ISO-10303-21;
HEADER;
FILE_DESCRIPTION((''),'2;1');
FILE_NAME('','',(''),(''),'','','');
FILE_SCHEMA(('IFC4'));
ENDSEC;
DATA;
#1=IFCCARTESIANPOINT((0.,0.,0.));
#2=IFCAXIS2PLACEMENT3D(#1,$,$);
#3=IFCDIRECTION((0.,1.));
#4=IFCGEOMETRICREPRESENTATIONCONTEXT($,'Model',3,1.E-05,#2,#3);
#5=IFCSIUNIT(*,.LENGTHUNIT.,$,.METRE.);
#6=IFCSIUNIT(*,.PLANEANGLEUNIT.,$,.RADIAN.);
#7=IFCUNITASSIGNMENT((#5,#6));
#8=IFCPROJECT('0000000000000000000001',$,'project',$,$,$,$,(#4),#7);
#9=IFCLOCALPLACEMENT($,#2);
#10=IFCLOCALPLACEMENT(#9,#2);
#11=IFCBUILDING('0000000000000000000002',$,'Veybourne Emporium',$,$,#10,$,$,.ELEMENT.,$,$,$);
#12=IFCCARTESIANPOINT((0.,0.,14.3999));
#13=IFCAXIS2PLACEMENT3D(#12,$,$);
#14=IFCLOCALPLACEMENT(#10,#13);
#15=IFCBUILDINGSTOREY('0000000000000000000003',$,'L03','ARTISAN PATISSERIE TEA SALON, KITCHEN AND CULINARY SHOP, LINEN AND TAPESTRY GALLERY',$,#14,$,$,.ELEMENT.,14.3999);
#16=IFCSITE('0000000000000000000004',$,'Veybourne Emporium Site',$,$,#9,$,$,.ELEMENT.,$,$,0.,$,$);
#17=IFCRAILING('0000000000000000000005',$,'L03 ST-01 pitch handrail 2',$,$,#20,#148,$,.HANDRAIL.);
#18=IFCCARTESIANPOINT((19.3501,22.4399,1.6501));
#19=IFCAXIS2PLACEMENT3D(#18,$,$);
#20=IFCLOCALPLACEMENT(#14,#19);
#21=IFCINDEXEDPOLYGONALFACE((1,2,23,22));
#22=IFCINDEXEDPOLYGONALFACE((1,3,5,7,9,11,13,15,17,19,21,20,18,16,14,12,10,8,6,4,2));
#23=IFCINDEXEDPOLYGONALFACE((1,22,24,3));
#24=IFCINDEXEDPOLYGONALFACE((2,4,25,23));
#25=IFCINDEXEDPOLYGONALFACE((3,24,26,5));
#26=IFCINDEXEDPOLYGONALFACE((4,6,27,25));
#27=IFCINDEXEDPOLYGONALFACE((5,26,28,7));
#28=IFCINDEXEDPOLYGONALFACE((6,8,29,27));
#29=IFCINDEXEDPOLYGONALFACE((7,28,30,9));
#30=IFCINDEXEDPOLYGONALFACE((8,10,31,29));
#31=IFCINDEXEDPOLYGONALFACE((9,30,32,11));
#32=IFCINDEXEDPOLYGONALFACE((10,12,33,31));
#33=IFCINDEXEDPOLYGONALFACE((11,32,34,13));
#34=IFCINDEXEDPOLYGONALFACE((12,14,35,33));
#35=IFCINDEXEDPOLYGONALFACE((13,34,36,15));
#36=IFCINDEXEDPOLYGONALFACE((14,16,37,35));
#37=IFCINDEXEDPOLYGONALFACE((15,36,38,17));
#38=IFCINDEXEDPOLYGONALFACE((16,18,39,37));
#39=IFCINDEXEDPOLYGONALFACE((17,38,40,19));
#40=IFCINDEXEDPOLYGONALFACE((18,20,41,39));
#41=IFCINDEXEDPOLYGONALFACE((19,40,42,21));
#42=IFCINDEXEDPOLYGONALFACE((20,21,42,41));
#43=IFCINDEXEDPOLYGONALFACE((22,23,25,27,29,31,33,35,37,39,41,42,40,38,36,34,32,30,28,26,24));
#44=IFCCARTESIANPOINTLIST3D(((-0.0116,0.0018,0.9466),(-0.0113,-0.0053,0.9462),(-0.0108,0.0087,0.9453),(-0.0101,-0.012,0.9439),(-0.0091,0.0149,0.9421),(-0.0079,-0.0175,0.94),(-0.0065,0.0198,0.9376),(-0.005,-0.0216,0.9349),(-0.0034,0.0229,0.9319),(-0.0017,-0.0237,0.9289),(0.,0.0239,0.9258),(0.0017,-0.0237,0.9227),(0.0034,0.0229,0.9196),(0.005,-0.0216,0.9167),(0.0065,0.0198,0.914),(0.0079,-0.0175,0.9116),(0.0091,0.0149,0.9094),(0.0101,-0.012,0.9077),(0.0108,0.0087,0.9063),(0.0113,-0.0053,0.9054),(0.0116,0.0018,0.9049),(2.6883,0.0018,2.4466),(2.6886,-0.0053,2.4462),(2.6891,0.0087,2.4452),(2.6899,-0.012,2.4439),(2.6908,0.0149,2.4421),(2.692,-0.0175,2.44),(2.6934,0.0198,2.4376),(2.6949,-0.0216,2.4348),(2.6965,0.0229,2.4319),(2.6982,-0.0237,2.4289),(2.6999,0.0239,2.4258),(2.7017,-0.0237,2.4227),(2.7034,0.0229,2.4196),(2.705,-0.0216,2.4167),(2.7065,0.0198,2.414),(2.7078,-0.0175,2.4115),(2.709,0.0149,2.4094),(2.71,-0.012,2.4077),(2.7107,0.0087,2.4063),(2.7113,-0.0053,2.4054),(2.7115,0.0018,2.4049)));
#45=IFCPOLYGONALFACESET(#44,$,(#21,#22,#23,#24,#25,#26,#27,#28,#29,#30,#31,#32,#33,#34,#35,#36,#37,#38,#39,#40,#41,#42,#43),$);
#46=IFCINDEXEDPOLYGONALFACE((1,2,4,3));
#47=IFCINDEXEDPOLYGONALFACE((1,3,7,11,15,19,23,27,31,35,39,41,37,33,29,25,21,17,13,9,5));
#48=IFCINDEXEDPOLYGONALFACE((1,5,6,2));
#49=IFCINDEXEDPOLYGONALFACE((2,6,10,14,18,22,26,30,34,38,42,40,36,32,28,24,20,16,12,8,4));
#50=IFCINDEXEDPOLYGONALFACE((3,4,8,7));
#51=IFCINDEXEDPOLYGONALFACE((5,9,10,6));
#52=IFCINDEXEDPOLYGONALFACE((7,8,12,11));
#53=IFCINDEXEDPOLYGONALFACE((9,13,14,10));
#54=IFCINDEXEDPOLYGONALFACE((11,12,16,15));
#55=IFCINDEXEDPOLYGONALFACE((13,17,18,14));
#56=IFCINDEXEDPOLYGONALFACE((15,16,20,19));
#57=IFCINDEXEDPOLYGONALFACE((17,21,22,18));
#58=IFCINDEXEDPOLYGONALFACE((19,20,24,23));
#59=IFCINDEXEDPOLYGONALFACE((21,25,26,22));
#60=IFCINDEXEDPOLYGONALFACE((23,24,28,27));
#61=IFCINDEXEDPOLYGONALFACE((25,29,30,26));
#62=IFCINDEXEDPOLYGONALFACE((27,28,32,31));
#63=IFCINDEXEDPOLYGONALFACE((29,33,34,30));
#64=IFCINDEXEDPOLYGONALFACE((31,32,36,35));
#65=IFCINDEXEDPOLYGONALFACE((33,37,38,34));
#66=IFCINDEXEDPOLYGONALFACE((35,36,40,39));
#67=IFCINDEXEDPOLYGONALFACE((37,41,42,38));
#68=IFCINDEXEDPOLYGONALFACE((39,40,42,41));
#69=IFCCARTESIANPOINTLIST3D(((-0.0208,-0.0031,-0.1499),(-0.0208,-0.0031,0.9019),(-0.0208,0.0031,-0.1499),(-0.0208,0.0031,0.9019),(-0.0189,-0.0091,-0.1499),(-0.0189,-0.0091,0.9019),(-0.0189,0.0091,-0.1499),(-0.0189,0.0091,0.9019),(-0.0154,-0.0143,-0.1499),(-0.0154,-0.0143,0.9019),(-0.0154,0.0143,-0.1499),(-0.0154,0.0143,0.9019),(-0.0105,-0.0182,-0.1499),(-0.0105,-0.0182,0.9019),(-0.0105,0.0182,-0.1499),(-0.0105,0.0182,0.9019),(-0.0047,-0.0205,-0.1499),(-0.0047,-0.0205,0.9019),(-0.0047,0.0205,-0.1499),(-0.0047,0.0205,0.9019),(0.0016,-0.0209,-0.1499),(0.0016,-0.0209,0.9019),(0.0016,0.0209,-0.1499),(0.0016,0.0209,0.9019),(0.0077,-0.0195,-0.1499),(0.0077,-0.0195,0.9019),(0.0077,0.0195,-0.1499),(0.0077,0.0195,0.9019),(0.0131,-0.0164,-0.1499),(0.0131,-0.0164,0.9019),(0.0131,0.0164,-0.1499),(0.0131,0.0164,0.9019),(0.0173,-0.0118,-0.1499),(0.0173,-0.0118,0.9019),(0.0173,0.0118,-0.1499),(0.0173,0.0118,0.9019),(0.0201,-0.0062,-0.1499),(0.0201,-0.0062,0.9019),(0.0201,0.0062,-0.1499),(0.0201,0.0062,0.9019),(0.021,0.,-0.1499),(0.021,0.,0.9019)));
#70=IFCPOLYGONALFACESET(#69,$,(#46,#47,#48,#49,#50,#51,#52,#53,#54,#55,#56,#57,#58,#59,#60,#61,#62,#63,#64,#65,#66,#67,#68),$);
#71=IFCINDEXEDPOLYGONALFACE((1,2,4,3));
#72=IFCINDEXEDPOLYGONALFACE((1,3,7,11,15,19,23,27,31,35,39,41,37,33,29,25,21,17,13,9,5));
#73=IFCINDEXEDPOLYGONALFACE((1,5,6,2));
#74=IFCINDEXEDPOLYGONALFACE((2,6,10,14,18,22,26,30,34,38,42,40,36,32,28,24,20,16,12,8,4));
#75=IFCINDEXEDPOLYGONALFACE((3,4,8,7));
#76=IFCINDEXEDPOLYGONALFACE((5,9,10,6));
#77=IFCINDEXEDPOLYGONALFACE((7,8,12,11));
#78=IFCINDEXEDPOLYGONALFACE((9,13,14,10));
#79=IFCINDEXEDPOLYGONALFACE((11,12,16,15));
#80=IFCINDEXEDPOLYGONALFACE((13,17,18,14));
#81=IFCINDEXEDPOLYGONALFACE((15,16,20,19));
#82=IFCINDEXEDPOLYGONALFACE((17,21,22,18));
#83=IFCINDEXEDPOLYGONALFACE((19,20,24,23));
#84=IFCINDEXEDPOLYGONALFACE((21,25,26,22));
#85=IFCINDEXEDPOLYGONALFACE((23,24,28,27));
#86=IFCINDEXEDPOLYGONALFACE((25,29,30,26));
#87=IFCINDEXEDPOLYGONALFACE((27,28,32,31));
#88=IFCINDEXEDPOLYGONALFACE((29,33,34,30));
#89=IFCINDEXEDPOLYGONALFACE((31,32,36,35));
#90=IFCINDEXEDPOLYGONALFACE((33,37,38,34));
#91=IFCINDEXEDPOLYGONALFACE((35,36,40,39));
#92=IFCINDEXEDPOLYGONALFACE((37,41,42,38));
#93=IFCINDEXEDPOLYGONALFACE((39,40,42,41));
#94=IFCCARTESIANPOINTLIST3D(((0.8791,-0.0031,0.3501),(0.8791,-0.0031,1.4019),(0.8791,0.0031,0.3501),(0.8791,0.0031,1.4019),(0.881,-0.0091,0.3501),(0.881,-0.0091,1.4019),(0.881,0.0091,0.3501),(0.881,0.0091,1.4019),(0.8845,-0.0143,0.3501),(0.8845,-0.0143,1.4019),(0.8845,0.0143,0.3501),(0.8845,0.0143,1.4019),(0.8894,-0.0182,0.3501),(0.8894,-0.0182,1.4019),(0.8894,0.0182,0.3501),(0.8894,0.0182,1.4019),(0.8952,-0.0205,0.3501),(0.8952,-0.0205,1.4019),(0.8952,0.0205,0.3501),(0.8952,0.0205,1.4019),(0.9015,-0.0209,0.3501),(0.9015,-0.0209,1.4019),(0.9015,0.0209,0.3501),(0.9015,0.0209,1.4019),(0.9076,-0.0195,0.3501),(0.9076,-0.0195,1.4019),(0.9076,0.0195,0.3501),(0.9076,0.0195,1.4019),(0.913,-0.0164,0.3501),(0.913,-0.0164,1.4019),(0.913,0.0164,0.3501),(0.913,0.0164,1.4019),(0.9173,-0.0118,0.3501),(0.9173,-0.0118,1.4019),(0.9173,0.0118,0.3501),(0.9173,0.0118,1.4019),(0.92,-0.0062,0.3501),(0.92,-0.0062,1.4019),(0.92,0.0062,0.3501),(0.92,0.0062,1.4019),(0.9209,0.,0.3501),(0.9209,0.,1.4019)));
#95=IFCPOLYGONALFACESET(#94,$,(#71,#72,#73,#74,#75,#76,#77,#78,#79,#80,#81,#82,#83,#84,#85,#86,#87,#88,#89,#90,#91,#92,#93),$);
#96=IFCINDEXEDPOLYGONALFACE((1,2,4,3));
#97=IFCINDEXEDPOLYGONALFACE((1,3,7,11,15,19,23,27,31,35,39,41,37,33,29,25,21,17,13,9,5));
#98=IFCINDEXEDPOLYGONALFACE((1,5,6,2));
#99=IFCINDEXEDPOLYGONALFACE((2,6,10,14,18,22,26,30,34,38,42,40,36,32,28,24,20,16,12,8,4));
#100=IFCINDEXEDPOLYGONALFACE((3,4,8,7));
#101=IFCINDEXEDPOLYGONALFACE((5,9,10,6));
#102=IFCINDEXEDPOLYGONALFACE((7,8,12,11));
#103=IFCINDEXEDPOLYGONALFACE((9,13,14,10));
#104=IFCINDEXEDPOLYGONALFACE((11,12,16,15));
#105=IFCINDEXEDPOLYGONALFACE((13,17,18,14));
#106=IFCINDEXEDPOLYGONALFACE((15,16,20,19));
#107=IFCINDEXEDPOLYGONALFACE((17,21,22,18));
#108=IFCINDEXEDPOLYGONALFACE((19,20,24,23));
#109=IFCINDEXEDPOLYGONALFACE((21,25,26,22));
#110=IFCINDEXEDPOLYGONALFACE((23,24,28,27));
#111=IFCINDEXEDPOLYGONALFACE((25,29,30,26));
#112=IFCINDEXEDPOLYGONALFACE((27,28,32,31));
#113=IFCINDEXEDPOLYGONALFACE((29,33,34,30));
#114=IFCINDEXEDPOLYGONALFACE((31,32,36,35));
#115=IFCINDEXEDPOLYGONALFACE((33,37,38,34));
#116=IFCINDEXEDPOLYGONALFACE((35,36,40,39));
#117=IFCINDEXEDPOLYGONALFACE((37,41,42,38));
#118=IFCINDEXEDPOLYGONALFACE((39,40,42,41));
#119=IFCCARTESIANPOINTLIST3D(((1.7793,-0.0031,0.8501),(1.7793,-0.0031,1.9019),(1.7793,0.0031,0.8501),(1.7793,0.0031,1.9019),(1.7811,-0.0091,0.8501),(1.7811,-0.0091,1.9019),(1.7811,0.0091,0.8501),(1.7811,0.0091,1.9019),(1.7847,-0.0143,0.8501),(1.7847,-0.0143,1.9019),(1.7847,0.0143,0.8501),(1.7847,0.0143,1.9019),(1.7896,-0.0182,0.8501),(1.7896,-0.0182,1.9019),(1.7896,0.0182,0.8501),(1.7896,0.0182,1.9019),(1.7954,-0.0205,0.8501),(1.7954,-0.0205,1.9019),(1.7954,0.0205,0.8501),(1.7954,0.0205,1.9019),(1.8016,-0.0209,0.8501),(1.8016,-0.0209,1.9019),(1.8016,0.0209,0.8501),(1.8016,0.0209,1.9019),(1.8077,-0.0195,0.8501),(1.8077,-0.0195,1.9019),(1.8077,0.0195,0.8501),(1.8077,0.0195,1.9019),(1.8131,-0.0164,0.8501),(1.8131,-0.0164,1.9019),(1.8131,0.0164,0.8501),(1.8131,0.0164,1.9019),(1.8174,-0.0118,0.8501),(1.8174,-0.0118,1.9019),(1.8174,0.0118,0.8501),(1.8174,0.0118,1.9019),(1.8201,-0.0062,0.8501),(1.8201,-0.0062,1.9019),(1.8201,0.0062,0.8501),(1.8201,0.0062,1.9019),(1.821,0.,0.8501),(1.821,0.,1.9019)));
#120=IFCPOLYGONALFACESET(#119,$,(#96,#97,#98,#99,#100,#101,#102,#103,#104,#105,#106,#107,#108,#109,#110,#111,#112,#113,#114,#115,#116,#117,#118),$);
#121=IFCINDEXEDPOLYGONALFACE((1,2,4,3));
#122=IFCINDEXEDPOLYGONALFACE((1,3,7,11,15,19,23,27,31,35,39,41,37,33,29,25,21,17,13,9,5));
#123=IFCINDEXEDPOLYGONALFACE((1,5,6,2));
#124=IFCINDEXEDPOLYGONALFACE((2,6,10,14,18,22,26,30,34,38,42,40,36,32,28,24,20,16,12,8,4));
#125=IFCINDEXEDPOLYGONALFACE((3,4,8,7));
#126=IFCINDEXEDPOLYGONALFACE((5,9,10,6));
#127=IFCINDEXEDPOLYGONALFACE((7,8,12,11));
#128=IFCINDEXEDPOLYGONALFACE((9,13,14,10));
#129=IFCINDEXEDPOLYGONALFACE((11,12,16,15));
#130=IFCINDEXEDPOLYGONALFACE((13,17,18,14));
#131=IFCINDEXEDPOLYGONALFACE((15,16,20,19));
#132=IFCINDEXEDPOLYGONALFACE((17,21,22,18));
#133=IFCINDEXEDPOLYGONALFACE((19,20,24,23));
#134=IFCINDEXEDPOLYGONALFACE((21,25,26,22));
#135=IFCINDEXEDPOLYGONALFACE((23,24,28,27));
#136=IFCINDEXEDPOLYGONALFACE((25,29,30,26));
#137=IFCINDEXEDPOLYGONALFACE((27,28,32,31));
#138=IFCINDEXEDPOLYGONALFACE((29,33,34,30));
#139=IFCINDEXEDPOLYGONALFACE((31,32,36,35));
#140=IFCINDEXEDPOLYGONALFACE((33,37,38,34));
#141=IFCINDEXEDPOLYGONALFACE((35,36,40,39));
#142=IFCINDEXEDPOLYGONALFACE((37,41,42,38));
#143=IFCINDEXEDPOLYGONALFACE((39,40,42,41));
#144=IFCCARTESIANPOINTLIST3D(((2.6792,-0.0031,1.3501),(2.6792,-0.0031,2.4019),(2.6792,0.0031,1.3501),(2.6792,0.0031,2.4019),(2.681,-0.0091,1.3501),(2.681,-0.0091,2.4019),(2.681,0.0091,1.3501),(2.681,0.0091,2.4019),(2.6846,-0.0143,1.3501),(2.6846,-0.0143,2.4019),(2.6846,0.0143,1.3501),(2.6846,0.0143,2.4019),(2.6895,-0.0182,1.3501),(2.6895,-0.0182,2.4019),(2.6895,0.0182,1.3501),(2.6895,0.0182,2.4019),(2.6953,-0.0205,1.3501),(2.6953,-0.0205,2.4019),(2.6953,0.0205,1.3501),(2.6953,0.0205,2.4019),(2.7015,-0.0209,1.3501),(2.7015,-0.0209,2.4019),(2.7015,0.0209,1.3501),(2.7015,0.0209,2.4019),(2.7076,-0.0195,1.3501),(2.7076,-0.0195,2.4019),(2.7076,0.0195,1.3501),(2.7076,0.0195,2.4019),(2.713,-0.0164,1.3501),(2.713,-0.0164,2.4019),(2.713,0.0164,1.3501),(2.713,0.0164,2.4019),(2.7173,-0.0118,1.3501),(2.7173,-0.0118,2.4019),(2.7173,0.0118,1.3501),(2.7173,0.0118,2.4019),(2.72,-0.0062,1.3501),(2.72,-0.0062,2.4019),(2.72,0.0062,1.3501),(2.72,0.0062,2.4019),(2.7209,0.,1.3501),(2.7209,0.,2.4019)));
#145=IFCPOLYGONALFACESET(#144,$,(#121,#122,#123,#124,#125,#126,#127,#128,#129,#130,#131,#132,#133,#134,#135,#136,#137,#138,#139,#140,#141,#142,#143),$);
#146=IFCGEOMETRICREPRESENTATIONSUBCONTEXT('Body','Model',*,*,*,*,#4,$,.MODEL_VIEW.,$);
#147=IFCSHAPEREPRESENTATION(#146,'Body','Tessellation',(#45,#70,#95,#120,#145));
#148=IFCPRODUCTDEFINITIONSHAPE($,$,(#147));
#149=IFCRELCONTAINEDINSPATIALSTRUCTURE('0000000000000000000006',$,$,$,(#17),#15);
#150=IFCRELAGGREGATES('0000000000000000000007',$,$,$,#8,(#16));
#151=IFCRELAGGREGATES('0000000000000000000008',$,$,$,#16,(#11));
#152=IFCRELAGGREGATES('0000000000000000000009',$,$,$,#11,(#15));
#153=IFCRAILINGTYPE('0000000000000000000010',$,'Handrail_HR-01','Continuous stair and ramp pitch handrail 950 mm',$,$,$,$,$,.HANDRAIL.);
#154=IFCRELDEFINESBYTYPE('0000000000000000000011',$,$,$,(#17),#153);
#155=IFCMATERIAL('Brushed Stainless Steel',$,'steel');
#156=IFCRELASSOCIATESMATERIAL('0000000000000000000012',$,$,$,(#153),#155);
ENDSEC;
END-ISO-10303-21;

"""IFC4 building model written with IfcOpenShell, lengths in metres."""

from ifc_helpers import new_model, si_unit, direction, frame, origin, origin_2d, place, context, subcontext, project, spatial, circle, extrude, material, type_object, element, save


model = new_model("IFC4")

# Units and contexts
model_context = context("Model", 3, precision=1e-05, world=origin(), true_north=direction((0.0, 1.0)))
body_context = subcontext(model_context, "Body", "Model", "MODEL_VIEW")
ifc_project = project(units=[si_unit("LENGTHUNIT", "METRE"), si_unit("PLANEANGLEUNIT", "RADIAN")], contexts=[model_context])

# Site, building, storey
site_placement = place(None, origin())
site = spatial("IfcSite", under=ifc_project, at=site_placement, Name="Veybourne Emporium Site", CompositionType="ELEMENT", RefElevation=0.0)
building_placement = place(site_placement, origin())
building = spatial("IfcBuilding", under=site, at=building_placement, Name="Veybourne Emporium", CompositionType="ELEMENT")
storey_placement = place(building_placement, frame((0.0, 0.0, 14.3999)))
storey = spatial("IfcBuildingStorey", under=building, at=storey_placement, Name="L03", Description="ARTISAN PATISSERIE TEA SALON, KITCHEN AND CULINARY SHOP, LINEN AND TAPESTRY GALLERY", CompositionType="ELEMENT", Elevation=14.3999)

# Railing
ifc_material_1 = material(Name="Brushed Stainless Steel", Category="steel")
railing_type = type_object("IfcRailingType", Name="Handrail_HR-01", Description="Continuous stair and ramp pitch handrail 950 mm", PredefinedType="HANDRAIL", material=ifc_material_1)
railing_placement = place(storey_placement, frame((19.3501, 22.4399, 1.6501)))
element("IfcRailing", 1, at=railing_placement, inside=storey, type_object=railing_type, Name="L03 ST-01 pitch handrail 2", PredefinedType="HANDRAIL", context=body_context, shape_type="SweptSolid", body=[
    extrude(circle(Radius=0.0239, at=origin_2d()), frame((0.0, 0.0, 0.9258), z_axis=(0.874154, 0.0, 0.48565), x_axis=(0.0, 1.0, 0.0)), (0.0, 0.0, 1.0), 3.0886),
    extrude(circle(Radius=0.021, at=origin_2d()), frame((0.0, 0.0, -0.1499)), (0.0, 0.0, 1.0), 1.0518),
    extrude(circle(Radius=0.021, at=origin_2d()), frame((0.8999, 0.0, 0.3501)), (0.0, 0.0, 1.0), 1.0518),
    extrude(circle(Radius=0.021, at=origin_2d()), frame((1.8, 0.0, 0.8501)), (0.0, 0.0, 1.0), 1.0518),
    extrude(circle(Radius=0.021, at=origin_2d()), frame((2.7, 0.0, 1.3501)), (0.0, 0.0, 1.0), 1.0518),
])

save(model, "model.ifc")
